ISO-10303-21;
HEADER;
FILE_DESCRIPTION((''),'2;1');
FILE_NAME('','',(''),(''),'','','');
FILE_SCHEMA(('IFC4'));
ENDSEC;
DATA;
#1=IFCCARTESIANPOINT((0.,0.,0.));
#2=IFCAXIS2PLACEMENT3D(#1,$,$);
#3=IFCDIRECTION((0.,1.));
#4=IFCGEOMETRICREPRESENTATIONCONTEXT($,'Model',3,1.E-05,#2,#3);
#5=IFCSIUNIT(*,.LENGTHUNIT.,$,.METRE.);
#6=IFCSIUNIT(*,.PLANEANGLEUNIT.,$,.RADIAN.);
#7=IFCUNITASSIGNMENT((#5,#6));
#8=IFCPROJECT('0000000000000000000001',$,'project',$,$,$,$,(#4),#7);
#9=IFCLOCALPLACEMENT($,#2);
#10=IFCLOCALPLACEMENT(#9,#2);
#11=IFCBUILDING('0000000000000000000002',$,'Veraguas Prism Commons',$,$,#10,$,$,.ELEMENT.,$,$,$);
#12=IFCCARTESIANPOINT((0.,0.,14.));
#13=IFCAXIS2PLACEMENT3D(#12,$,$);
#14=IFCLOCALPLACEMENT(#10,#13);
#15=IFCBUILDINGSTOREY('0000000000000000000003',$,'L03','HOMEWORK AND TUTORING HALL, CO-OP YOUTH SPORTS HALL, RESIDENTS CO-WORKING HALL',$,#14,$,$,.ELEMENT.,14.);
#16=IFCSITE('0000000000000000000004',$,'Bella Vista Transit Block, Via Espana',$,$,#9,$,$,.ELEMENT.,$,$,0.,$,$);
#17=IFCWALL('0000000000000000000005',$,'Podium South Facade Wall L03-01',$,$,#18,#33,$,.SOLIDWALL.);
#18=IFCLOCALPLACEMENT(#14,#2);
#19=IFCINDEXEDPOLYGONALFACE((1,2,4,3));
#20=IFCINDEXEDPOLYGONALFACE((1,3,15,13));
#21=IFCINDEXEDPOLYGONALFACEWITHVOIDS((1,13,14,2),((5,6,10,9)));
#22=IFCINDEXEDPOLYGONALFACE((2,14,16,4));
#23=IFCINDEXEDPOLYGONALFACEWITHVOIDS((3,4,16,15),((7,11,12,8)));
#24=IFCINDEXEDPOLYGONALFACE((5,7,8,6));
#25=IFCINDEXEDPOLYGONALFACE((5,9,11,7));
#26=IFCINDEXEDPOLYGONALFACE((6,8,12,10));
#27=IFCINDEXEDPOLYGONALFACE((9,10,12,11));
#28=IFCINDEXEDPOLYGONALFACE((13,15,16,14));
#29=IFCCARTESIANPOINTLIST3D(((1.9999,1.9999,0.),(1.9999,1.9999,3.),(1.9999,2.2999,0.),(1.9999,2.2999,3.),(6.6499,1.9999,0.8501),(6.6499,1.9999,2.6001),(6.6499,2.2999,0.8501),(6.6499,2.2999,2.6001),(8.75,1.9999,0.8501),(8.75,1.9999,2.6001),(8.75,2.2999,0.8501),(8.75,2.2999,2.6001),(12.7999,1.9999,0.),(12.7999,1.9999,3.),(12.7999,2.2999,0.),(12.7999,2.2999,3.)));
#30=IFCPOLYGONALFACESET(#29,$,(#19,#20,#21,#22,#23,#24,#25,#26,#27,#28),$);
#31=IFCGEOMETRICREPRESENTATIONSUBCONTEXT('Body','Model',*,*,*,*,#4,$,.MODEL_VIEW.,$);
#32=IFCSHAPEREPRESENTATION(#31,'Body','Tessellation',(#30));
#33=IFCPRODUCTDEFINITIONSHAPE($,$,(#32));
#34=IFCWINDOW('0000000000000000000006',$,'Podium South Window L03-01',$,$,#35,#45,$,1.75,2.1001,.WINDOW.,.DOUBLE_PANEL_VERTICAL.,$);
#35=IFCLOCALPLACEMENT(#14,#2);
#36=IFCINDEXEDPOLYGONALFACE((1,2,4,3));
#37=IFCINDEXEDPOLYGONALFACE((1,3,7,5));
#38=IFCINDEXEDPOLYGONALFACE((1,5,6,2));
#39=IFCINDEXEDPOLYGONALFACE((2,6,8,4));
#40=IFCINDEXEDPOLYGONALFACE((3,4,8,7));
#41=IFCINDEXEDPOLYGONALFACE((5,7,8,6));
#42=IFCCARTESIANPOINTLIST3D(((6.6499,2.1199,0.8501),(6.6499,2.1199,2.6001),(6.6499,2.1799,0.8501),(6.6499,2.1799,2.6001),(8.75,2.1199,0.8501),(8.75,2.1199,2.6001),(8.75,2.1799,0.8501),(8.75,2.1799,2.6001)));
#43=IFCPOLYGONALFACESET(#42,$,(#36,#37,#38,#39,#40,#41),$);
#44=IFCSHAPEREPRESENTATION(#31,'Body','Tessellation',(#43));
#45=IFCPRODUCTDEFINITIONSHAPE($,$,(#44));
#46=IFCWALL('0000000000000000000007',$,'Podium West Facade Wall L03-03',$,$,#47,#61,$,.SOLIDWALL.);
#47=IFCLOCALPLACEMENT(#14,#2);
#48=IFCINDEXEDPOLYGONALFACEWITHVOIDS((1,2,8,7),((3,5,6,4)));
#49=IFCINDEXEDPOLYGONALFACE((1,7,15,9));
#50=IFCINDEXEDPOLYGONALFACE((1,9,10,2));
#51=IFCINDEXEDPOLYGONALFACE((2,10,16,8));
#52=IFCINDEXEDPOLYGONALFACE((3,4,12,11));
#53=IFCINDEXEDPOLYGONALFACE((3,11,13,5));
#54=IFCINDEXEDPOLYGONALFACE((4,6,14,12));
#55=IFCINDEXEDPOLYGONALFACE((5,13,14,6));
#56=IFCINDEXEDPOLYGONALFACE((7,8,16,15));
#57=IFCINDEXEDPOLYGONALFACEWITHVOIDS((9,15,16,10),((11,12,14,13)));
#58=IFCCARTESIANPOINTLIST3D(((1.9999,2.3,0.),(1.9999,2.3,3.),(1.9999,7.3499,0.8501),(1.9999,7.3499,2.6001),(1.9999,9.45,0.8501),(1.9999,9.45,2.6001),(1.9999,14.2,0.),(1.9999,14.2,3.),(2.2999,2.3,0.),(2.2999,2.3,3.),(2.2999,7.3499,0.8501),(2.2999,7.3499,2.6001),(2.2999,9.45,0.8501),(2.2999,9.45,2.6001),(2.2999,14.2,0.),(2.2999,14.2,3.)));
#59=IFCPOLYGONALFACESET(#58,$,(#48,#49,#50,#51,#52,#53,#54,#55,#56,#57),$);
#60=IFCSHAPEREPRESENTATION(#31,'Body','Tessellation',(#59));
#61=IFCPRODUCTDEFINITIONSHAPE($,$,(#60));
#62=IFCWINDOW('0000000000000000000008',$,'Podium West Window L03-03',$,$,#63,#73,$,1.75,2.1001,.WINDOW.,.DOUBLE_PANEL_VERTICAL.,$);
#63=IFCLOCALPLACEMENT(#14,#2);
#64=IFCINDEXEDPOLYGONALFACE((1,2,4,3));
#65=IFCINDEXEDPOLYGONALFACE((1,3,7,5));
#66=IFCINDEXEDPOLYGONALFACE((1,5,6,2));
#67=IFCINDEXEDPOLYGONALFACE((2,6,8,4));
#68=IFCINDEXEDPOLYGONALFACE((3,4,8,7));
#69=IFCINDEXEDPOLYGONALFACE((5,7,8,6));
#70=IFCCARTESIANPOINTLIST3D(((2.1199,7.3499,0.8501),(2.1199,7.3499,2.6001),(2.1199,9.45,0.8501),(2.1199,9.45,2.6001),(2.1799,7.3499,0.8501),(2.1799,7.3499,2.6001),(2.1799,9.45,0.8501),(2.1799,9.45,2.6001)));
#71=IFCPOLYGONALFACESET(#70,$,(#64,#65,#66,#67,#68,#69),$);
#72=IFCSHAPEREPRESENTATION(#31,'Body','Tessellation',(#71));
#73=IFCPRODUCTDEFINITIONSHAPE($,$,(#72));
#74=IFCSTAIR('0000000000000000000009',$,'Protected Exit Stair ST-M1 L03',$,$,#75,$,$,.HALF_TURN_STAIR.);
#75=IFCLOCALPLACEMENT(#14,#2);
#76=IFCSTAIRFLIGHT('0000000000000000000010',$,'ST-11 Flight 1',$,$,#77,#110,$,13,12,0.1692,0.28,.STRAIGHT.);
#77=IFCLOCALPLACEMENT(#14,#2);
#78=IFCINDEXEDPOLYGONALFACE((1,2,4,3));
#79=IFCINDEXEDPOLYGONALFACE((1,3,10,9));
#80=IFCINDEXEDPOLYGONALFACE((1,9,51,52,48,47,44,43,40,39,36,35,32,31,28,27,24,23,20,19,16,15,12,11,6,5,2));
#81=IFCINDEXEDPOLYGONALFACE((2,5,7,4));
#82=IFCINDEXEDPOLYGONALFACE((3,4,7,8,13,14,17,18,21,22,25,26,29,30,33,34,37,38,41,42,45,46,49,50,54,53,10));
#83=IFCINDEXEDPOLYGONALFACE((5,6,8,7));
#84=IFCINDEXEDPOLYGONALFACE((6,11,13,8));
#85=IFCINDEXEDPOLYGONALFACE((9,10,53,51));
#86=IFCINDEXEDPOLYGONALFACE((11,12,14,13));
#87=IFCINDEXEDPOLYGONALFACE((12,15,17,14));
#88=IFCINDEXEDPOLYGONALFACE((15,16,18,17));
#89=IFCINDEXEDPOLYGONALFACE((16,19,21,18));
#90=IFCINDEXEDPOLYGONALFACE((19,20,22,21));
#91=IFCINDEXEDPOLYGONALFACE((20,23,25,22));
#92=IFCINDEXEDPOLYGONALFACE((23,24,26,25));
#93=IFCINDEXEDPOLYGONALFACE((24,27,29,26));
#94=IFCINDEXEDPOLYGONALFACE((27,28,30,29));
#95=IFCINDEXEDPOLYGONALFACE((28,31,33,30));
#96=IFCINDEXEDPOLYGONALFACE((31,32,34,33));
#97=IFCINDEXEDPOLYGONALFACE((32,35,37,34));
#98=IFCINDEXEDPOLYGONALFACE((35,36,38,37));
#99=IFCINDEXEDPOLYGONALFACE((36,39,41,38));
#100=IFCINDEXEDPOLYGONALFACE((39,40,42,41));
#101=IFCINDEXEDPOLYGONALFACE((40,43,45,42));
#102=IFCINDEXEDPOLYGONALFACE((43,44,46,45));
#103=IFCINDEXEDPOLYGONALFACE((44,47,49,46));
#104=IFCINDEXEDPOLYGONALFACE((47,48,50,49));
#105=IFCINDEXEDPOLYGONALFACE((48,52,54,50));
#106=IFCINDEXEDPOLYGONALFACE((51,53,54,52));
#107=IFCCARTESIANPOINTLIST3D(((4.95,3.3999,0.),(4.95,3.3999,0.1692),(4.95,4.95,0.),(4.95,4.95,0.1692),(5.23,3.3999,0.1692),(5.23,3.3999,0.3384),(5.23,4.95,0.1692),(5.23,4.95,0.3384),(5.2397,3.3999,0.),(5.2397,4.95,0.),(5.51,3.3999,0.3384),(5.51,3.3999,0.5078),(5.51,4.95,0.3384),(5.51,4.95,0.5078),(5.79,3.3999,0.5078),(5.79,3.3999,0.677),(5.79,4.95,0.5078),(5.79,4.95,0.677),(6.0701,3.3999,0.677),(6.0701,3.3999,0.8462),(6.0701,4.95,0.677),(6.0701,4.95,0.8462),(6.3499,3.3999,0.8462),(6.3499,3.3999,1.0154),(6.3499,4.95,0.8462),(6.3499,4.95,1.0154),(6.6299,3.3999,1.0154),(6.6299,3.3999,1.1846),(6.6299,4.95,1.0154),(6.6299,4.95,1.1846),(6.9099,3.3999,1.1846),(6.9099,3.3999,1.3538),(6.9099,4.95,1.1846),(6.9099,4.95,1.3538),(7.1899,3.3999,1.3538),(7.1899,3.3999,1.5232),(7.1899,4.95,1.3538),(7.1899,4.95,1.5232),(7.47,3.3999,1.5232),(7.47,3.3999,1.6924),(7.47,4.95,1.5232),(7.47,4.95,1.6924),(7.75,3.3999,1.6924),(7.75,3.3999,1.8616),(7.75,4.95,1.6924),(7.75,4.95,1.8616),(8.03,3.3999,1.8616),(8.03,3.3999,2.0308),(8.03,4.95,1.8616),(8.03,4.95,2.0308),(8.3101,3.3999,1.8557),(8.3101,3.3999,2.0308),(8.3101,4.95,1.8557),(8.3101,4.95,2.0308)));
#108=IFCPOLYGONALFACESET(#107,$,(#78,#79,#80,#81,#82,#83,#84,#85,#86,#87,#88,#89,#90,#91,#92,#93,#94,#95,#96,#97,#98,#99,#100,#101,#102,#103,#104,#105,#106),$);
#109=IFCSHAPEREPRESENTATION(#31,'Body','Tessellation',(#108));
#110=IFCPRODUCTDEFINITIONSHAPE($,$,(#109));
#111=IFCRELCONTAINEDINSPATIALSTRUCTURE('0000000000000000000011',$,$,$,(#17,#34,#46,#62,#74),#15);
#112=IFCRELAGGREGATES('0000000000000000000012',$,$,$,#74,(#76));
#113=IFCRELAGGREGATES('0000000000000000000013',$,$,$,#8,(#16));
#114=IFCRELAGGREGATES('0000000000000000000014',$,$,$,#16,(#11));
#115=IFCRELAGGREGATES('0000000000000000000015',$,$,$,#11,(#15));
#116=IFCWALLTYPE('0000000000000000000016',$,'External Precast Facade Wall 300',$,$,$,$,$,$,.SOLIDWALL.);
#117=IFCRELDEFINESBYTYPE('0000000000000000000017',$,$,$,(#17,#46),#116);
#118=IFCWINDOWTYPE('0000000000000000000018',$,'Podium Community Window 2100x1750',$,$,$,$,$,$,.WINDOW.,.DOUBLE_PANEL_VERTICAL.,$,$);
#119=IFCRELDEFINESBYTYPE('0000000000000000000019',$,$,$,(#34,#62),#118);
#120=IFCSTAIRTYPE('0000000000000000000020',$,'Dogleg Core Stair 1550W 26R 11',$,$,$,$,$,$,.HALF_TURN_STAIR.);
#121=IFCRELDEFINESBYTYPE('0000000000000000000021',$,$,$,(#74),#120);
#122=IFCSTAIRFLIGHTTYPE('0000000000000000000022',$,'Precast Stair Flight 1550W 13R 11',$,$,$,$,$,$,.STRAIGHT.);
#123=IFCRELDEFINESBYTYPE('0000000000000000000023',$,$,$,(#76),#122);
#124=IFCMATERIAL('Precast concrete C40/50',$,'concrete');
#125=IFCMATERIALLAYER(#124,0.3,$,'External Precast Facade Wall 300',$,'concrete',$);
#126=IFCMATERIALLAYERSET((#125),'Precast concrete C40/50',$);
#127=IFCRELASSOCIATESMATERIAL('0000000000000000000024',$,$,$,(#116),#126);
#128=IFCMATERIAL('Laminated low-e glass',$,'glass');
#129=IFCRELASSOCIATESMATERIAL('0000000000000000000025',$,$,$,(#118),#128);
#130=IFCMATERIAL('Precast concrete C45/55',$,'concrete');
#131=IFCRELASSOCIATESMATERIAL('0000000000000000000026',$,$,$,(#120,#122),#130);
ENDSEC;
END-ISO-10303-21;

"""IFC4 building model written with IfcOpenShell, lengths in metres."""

from ifc_helpers import new_model, si_unit, direction, frame, frame_2d, origin, place, context, subcontext, project, spatial, polyline, rectangle, outline, extrude, source, transform, mapped, material, layer, layer_set, type_object, element, fill, aggregate, save


model = new_model("IFC4")

# Units and contexts
model_context = context("Model", 3, precision=1e-05, world=origin(), true_north=direction((0.0, 1.0)))
body_context = subcontext(model_context, "Body", "Model", "MODEL_VIEW")
ifc_project = project(units=[si_unit("LENGTHUNIT", "METRE"), si_unit("PLANEANGLEUNIT", "RADIAN")], contexts=[model_context])

# Site, building, storey
site_placement = place(None, origin())
site = spatial("IfcSite", under=ifc_project, at=site_placement, Name="Bella Vista Transit Block, Via Espana", CompositionType="ELEMENT", RefElevation=0.0)
building_placement = place(site_placement, origin())
building = spatial("IfcBuilding", under=site, at=building_placement, Name="Veraguas Prism Commons", CompositionType="ELEMENT")
storey_placement = place(building_placement, frame((0.0, 0.0, 14.0)))
storey = spatial("IfcBuildingStorey", under=building, at=storey_placement, Name="L03", Description="HOMEWORK AND TUTORING HALL, CO-OP YOUTH SPORTS HALL, RESIDENTS CO-WORKING HALL", CompositionType="ELEMENT", Elevation=14.0)

# Shared definitions
ifc_material_1 = material(Name="Laminated low-e glass", Category="glass")

# Walls, openings, windows
ifc_material_2 = material(Name="Precast concrete C40/50", Category="concrete")
ifc_layer_1 = layer(ifc_material_2, 0.3, Name="External Precast Facade Wall 300", Category="concrete")
ifc_layer_set_1 = layer_set([ifc_layer_1], Name="Precast concrete C40/50")
wall_type_1 = type_object("IfcWallType", Name="External Precast Facade Wall 300", PredefinedType="SOLIDWALL", material=ifc_layer_set_1)
wall_1_placement = place(storey_placement, frame((2.0, 2.1499, 0.0), z_axis=(0.0, 0.0, 1.0), x_axis=(1.0, 0.0, 0.0)))
wall_1 = element("IfcWall", 1, at=wall_1_placement, inside=storey, type_object=wall_type_1, Name="Podium South Facade Wall L03-01", PredefinedType="SOLIDWALL", context=body_context, shape_type="SweptSolid", body=[
    extrude(rectangle(XDim=10.8, YDim=0.3, at=frame_2d((5.3999, 0.0))), origin(), (0.0, 0.0, 1.0), 3.0),
])
opening_1_placement = place(wall_1_placement, frame((4.6499, 0.0, 0.8501)))
opening_1 = element("IfcOpeningElement", 2, at=opening_1_placement, cuts=wall_1, PredefinedType="OPENING", context=body_context, shape_type="SweptSolid", body=[
    extrude(rectangle(XDim=2.1001, YDim=1.75, at=frame_2d((1.05, 0.875))), frame((0.0, 0.1599, 0.0), z_axis=(0.0, -1.0, 0.0), x_axis=(1.0, 0.0, 0.0)), (0.0, 0.0, 1.0), 0.3201),
])
window_type = type_object("IfcWindowType", Name="Podium Community Window 2100x1750", PartitioningType="DOUBLE_PANEL_VERTICAL", PredefinedType="WINDOW", material=ifc_material_1)
shared_shape_1 = source(origin(), body_context, "Body", "SweptSolid", [
    extrude(rectangle(XDim=2.1001, YDim=1.75, at=frame_2d((1.05, 0.875))), frame((0.0, 0.03, 0.0), z_axis=(0.0, -1.0, 0.0), x_axis=(1.0, 0.0, 0.0)), (0.0, 0.0, 1.0), 0.0601),
])
window_1_placement = place(opening_1_placement, origin())
window_1 = element("IfcWindow", 3, at=window_1_placement, inside=storey, type_object=window_type, Name="Podium South Window L03-01", OverallHeight=1.75, OverallWidth=2.1001, PartitioningType="DOUBLE_PANEL_VERTICAL", PredefinedType="WINDOW", context=body_context, shape_type="MappedRepresentation", body=[
    mapped(shared_shape_1, transform((0.0, 0.0, 0.0), scale=1.0)),
])
fill(opening_1, window_1)
wall_2_placement = place(storey_placement, frame((2.1499, 14.2, 0.0), z_axis=(0.0, 0.0, 1.0), x_axis=(0.0, -1.0, 0.0)))
wall_2 = element("IfcWall", 4, at=wall_2_placement, inside=storey, type_object=wall_type_1, Name="Podium West Facade Wall L03-03", PredefinedType="SOLIDWALL", context=body_context, shape_type="SweptSolid", body=[
    extrude(rectangle(XDim=11.8999, YDim=0.3, at=frame_2d((5.95, 0.0))), origin(), (0.0, 0.0, 1.0), 3.0),
])
opening_2_placement = place(wall_2_placement, frame((4.75, 0.0, 0.8501)))
opening_2 = element("IfcOpeningElement", 5, at=opening_2_placement, cuts=wall_2, PredefinedType="OPENING", context=body_context, shape_type="SweptSolid", body=[
    extrude(rectangle(XDim=2.1001, YDim=1.75, at=frame_2d((1.05, 0.875))), frame((0.0, 0.1599, 0.0), z_axis=(0.0, -1.0, 0.0), x_axis=(1.0, 0.0, 0.0)), (0.0, 0.0, 1.0), 0.3201),
])
window_2_placement = place(opening_2_placement, origin())
window_2 = element("IfcWindow", 6, at=window_2_placement, inside=storey, type_object=window_type, Name="Podium West Window L03-03", OverallHeight=1.75, OverallWidth=2.1001, PartitioningType="DOUBLE_PANEL_VERTICAL", PredefinedType="WINDOW", context=body_context, shape_type="MappedRepresentation", body=[
    mapped(shared_shape_1, transform((0.0, 0.0, 0.0), scale=1.0)),
])
fill(opening_2, window_2)

# Stair, stair flight
ifc_material_3 = material(Name="Precast concrete C45/55", Category="concrete")
stair_type = type_object("IfcStairType", Name="Dogleg Core Stair 1550W 26R 11", PredefinedType="HALF_TURN_STAIR", material=ifc_material_3)
stair_placement = place(storey_placement, origin())
stair = element("IfcStair", 7, at=stair_placement, inside=storey, type_object=stair_type, Name="Protected Exit Stair ST-M1 L03", PredefinedType="HALF_TURN_STAIR")
stair_flight_type = type_object("IfcStairFlightType", Name="Precast Stair Flight 1550W 13R 11", PredefinedType="STRAIGHT", material=ifc_material_3)
stair_flight_placement = place(storey_placement, frame((4.95, 4.175, 0.0), z_axis=(0.0, 0.0, 1.0), x_axis=(1.0, 0.0, 0.0)))
stair_flight = element("IfcStairFlight", 8, at=stair_flight_placement, type_object=stair_flight_type, Name="ST-11 Flight 1", NumberOfRisers=13, NumberOfTreads=12, PredefinedType="STRAIGHT", RiserHeight=0.1692, TreadLength=0.28, context=body_context, shape_type="SweptSolid", body=[
    extrude(outline(polyline([(0.0, 0.0), (0.0, 0.1692), (0.28, 0.1692), (0.28, 0.3384), (0.5601, 0.3384), (0.5601, 0.5078), (0.8401, 0.5078), (0.8401, 0.677), (1.1201, 0.677), (1.1201, 0.8462), (1.3999, 0.8462), (1.3999, 1.0154), (1.6799, 1.0154), (1.6799, 1.1846), (1.96, 1.1846), (1.96, 1.3538), (2.24, 1.3538), (2.24, 1.5232), (2.52, 1.5232), (2.52, 1.6924), (2.8, 1.6924), (2.8, 1.8616), (3.0801, 1.8616), (3.0801, 2.0308), (3.3601, 2.0308), (3.3601, 2.2), (3.3601, 1.8557), (0.2898, 0.0), (0.0, 0.0)])), frame((0.0, 0.7749, 0.0), z_axis=(0.0, -1.0, 0.0), x_axis=(1.0, 0.0, 0.0)), (0.0, 0.0, 1.0), 1.55),
])
aggregate(stair, [stair_flight])

save(model, "model.ifc")
